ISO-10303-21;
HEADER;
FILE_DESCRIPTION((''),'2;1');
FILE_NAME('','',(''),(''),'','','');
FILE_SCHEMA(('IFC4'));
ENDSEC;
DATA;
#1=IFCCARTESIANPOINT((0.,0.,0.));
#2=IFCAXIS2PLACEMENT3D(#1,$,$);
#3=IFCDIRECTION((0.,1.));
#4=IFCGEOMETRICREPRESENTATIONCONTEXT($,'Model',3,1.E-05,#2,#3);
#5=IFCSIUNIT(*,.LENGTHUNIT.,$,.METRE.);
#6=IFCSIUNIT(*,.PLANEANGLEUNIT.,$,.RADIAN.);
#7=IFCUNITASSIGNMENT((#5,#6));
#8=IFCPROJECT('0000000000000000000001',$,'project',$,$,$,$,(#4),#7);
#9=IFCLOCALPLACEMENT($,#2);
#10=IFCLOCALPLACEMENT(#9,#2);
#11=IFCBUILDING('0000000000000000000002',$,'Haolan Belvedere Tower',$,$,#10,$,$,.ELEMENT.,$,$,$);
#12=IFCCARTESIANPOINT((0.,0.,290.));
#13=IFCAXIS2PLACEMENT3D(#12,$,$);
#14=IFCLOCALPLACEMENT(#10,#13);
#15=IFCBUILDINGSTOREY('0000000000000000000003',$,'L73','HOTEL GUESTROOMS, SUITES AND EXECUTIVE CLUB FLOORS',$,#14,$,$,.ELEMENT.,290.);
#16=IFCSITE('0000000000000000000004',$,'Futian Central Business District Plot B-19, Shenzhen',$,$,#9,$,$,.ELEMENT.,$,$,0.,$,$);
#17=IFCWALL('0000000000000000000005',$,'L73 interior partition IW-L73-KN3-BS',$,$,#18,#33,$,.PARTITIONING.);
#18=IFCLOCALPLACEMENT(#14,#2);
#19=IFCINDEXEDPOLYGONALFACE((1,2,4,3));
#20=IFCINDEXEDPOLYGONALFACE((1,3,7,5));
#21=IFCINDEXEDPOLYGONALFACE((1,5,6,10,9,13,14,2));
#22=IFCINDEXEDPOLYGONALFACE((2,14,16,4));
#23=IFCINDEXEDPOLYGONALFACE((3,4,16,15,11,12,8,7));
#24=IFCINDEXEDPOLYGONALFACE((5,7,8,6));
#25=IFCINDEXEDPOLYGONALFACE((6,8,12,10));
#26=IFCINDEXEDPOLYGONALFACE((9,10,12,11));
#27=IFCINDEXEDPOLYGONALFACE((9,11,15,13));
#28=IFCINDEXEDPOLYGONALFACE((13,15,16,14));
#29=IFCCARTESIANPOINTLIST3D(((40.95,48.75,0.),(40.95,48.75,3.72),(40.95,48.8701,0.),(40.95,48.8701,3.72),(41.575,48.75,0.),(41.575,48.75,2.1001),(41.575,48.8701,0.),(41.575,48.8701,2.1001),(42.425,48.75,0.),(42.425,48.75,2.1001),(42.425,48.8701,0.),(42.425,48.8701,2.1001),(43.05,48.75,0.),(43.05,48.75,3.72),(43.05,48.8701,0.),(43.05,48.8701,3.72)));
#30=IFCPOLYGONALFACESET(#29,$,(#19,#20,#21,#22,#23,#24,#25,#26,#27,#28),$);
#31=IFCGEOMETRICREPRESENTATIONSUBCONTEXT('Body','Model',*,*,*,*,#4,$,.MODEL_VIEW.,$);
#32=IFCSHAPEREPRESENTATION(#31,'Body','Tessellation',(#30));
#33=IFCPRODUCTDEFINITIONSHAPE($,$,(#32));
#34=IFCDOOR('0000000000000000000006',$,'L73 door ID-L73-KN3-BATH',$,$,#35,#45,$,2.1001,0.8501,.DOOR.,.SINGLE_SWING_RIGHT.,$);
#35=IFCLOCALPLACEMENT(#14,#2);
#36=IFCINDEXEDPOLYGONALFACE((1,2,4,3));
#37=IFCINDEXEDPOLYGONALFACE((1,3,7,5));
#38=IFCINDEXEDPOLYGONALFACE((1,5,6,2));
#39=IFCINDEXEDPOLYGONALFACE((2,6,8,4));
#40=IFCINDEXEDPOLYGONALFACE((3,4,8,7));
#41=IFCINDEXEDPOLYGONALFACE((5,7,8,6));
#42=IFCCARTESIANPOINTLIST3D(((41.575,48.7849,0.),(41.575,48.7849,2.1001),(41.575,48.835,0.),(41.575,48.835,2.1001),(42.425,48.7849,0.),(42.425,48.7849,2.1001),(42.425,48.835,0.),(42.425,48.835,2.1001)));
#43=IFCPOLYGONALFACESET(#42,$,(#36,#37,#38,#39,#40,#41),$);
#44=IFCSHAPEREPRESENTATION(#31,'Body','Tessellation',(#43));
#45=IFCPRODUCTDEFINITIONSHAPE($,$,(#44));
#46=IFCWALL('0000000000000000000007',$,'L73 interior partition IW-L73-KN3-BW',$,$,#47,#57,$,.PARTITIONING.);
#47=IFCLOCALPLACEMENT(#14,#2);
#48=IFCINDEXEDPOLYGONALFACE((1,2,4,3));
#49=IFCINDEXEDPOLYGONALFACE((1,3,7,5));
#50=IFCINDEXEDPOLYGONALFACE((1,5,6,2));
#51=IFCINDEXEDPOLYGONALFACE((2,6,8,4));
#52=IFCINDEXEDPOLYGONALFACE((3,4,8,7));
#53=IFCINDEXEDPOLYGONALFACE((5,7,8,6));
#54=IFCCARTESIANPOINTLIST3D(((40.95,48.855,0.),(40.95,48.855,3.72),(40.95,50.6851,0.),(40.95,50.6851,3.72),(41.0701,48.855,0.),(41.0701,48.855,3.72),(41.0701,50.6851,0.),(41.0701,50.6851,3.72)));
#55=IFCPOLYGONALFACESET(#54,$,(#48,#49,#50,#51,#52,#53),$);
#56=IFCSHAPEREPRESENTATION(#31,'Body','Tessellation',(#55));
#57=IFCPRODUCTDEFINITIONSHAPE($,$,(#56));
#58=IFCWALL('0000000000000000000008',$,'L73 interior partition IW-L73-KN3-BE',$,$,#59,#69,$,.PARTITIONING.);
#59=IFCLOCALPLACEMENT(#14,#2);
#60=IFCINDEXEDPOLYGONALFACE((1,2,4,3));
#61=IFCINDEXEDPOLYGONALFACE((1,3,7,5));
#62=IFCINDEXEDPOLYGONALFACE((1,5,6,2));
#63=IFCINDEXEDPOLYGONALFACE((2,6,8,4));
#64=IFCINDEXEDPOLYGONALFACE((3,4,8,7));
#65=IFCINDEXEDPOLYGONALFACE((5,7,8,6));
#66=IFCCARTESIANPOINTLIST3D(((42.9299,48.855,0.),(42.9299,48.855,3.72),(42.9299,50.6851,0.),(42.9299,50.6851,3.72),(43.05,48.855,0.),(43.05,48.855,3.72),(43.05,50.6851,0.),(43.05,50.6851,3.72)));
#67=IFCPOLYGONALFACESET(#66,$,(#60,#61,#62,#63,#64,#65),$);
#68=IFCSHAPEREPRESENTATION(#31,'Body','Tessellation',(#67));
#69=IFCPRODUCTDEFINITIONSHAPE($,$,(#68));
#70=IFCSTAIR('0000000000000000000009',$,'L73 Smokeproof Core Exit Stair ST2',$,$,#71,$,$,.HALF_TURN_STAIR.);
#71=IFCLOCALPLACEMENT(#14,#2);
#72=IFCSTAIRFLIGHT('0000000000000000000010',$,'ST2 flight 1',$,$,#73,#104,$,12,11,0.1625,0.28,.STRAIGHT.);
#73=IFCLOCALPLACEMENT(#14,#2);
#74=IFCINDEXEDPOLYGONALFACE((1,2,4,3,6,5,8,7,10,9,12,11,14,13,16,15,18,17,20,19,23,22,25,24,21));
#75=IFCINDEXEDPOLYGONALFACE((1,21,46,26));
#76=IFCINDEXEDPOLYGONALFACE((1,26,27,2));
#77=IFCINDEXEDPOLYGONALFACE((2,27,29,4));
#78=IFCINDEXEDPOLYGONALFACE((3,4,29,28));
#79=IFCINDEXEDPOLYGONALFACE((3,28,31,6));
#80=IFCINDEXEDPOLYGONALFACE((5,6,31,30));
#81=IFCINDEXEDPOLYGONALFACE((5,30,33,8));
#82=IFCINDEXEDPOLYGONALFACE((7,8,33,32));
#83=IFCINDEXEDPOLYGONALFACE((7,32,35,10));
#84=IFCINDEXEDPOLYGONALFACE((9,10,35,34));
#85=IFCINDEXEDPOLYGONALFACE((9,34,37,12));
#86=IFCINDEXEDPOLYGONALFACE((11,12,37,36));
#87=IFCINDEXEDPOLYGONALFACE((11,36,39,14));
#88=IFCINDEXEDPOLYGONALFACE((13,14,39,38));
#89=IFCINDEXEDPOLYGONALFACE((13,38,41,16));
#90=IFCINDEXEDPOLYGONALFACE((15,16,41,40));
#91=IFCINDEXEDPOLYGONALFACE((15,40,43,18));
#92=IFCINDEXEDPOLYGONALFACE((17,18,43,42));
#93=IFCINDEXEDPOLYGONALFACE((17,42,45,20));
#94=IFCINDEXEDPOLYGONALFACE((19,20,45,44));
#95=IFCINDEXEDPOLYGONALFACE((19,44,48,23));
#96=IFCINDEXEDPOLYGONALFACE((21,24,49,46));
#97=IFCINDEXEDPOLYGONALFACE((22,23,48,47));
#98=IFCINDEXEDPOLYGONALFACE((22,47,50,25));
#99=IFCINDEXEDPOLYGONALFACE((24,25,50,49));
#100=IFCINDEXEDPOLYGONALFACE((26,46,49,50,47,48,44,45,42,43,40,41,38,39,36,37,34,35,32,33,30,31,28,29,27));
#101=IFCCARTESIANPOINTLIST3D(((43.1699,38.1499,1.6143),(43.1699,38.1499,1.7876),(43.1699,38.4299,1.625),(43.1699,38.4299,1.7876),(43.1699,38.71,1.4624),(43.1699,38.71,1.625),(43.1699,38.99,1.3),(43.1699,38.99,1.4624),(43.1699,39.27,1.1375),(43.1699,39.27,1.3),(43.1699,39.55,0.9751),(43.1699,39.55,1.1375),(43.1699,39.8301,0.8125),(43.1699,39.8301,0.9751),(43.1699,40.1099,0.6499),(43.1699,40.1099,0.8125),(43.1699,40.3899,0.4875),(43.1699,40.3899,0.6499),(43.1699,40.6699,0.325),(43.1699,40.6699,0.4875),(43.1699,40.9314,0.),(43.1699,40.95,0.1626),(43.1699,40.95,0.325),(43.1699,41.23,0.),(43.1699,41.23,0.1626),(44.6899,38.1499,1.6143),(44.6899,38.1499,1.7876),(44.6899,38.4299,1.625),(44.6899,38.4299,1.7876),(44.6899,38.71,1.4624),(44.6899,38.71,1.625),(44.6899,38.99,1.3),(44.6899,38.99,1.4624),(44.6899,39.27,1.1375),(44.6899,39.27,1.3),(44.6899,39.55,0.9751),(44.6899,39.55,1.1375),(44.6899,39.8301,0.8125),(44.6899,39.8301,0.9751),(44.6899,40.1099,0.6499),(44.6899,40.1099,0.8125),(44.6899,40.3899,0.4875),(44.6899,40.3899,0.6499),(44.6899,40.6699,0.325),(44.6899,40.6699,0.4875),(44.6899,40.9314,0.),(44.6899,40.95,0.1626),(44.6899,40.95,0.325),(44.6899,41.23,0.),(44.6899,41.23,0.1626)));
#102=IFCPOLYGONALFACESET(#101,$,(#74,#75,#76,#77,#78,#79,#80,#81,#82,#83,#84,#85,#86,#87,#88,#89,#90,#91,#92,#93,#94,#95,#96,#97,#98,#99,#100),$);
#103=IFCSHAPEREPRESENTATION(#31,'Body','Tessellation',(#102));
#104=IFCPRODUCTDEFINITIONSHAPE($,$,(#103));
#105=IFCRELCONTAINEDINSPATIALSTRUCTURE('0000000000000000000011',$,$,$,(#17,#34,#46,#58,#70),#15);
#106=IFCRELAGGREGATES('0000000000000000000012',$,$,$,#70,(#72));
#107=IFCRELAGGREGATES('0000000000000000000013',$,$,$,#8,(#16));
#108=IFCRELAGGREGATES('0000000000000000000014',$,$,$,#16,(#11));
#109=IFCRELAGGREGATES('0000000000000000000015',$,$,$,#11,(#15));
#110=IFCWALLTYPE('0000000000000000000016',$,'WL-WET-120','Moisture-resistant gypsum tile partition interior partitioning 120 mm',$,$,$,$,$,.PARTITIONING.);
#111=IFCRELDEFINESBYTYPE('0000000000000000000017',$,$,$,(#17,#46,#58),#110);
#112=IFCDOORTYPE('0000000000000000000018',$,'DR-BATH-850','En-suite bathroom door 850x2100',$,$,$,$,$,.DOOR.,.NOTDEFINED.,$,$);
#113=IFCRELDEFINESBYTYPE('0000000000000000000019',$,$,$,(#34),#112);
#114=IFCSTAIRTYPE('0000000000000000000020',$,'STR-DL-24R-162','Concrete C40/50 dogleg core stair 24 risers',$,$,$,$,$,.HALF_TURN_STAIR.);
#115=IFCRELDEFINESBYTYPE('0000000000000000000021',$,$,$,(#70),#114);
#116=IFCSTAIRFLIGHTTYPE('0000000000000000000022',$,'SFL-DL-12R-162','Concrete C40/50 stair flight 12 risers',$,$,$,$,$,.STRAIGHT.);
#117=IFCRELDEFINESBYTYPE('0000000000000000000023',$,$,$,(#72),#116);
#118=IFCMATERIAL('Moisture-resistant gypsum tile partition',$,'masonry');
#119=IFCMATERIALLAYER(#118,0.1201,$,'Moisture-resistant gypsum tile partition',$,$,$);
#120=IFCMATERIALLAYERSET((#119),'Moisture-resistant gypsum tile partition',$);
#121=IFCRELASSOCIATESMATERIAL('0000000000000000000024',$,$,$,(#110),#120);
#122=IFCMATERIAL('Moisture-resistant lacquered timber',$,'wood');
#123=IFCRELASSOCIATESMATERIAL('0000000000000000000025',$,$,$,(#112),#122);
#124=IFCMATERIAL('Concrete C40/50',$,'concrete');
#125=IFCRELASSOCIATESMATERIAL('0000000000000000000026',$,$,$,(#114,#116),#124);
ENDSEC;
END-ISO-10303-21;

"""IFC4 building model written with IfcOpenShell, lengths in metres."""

from ifc_helpers import new_model, si_unit, direction, frame, frame_2d, origin, place, context, subcontext, project, spatial, polyline, rectangle, outline, extrude, material, layer, layer_set, type_object, element, fill, aggregate, save


model = new_model("IFC4")

# Units and contexts
model_context = context("Model", 3, precision=1e-05, world=origin(), true_north=direction((0.0, 1.0)))
body_context = subcontext(model_context, "Body", "Model", "MODEL_VIEW")
ifc_project = project(units=[si_unit("LENGTHUNIT", "METRE"), si_unit("PLANEANGLEUNIT", "RADIAN")], contexts=[model_context])

# Site, building, storey
site_placement = place(None, origin())
site = spatial("IfcSite", under=ifc_project, at=site_placement, Name="Futian Central Business District Plot B-19, Shenzhen", CompositionType="ELEMENT", RefElevation=0.0)
building_placement = place(site_placement, origin())
building = spatial("IfcBuilding", under=site, at=building_placement, Name="Haolan Belvedere Tower", CompositionType="ELEMENT")
storey_placement = place(building_placement, frame((0.0, 0.0, 290.0)))
storey = spatial("IfcBuildingStorey", under=building, at=storey_placement, Name="L73", Description="HOTEL GUESTROOMS, SUITES AND EXECUTIVE CLUB FLOORS", CompositionType="ELEMENT", Elevation=290.0)

# Shared definitions
ifc_material_1 = material(Name="Concrete C40/50", Category="concrete")

# Shared definitions
ifc_material_2 = material(Name="Moisture-resistant gypsum tile partition", Category="masonry")
ifc_layer_1 = layer(ifc_material_2, 0.1201, Name="Moisture-resistant gypsum tile partition")
ifc_layer_set_1 = layer_set([ifc_layer_1], Name="Moisture-resistant gypsum tile partition")
wall_type_1 = type_object("IfcWallType", Name="WL-WET-120", Description="Moisture-resistant gypsum tile partition interior partitioning 120 mm", PredefinedType="PARTITIONING", material=ifc_layer_set_1)

# Wall, opening, door
wall_1_placement = place(storey_placement, frame((40.95, 48.8101, 0.0), z_axis=(0.0, 0.0, 1.0), x_axis=(1.0, 0.0, 0.0)))
wall_1 = element("IfcWall", 1, at=wall_1_placement, inside=storey, type_object=wall_type_1, Name="L73 interior partition IW-L73-KN3-BS", PredefinedType="PARTITIONING", context=body_context, shape_type="SweptSolid", body=[
    extrude(rectangle(XDim=2.1001, YDim=0.1201, at=frame_2d((1.05, 0.0))), origin(), (0.0, 0.0, 1.0), 3.72),
])
opening_1_placement = place(wall_1_placement, frame((0.625, 0.0, 0.0)))
opening_1 = element("IfcOpeningElement", 2, at=opening_1_placement, cuts=wall_1, PredefinedType="OPENING", context=body_context, shape_type="SweptSolid", body=[
    extrude(rectangle(XDim=0.8501, YDim=2.1001, at=frame_2d((0.425, 1.05))), frame((0.0, 0.0701, 0.0), z_axis=(0.0, -1.0, 0.0), x_axis=(1.0, 0.0, 0.0)), (0.0, 0.0, 1.0), 0.1401),
])
ifc_material_3 = material(Name="Moisture-resistant lacquered timber", Category="wood")
door_type_1 = type_object("IfcDoorType", Name="DR-BATH-850", Description="En-suite bathroom door 850x2100", OperationType="NOTDEFINED", PredefinedType="DOOR", material=ifc_material_3)
door_1_placement = place(opening_1_placement, origin())
door_1 = element("IfcDoor", 3, at=door_1_placement, inside=storey, type_object=door_type_1, Name="L73 door ID-L73-KN3-BATH", OperationType="SINGLE_SWING_RIGHT", OverallHeight=2.1001, OverallWidth=0.8501, PredefinedType="DOOR", context=body_context, shape_type="SweptSolid", body=[
    extrude(rectangle(XDim=0.8501, YDim=2.1001, at=frame_2d((0.425, 1.05))), frame((0.0, 0.0249, 0.0), z_axis=(0.0, -1.0, 0.0), x_axis=(1.0, 0.0, 0.0)), (0.0, 0.0, 1.0), 0.05),
])
fill(opening_1, door_1)

# Walls
for number, where, z_axis, x_axis, name in (
    (4, (41.01, 48.855, 0.0), (0.0, 0.0, 1.0), (0.0, 1.0, 0.0), "L73 interior partition IW-L73-KN3-BW"),
    (5, (42.99, 48.855, 0.0), (0.0, 0.0, 1.0), (0.0, 1.0, 0.0), "L73 interior partition IW-L73-KN3-BE"),
):
    element("IfcWall", number, at=place(storey_placement, frame(where, z_axis=z_axis, x_axis=x_axis)), inside=storey, type_object=wall_type_1, Name=name, PredefinedType="PARTITIONING", context=body_context, shape_type="SweptSolid", body=[
        extrude(rectangle(XDim=1.8301, YDim=0.1201, at=frame_2d((0.915, 0.0))), origin(), (0.0, 0.0, 1.0), 3.72),
    ])

# Stair, stair flight
stair_type = type_object("IfcStairType", Name="STR-DL-24R-162", Description="Concrete C40/50 dogleg core stair 24 risers", PredefinedType="HALF_TURN_STAIR", material=ifc_material_1)
stair_placement = place(storey_placement, origin())
stair = element("IfcStair", 6, at=stair_placement, inside=storey, type_object=stair_type, Name="L73 Smokeproof Core Exit Stair ST2", PredefinedType="HALF_TURN_STAIR")
stair_flight_type = type_object("IfcStairFlightType", Name="SFL-DL-12R-162", Description="Concrete C40/50 stair flight 12 risers", PredefinedType="STRAIGHT", material=ifc_material_1)
stair_flight_placement = place(storey_placement, frame((43.9299, 41.23, 0.0), z_axis=(0.0, 0.0, 1.0), x_axis=(0.0, -1.0, 0.0)))
stair_flight = element("IfcStairFlight", 7, at=stair_flight_placement, type_object=stair_flight_type, Name="ST2 flight 1", NumberOfRisers=12, NumberOfTreads=11, PredefinedType="STRAIGHT", RiserHeight=0.1625, TreadLength=0.28, context=body_context, shape_type="SweptSolid", body=[
    extrude(outline(polyline([(0.0, 0.0), (0.0, 0.1626), (0.28, 0.1626), (0.28, 0.325), (0.5601, 0.325), (0.5601, 0.4875), (0.8401, 0.4875), (0.8401, 0.6499), (1.1201, 0.6499), (1.1201, 0.8125), (1.3999, 0.8125), (1.3999, 0.9751), (1.6799, 0.9751), (1.6799, 1.1375), (1.96, 1.1375), (1.96, 1.3), (2.24, 1.3), (2.24, 1.4624), (2.52, 1.4624), (2.52, 1.625), (2.8, 1.625), (2.8, 1.7876), (3.0801, 1.7876), (3.0801, 1.95), (3.0801, 1.6143), (0.2986, 0.0), (0.0, 0.0)])), frame((0.0, 0.76, 0.0), z_axis=(0.0, -1.0, 0.0), x_axis=(1.0, 0.0, 0.0)), (0.0, 0.0, 1.0), 1.52),
])
aggregate(stair, [stair_flight])

save(model, "model.ifc")
